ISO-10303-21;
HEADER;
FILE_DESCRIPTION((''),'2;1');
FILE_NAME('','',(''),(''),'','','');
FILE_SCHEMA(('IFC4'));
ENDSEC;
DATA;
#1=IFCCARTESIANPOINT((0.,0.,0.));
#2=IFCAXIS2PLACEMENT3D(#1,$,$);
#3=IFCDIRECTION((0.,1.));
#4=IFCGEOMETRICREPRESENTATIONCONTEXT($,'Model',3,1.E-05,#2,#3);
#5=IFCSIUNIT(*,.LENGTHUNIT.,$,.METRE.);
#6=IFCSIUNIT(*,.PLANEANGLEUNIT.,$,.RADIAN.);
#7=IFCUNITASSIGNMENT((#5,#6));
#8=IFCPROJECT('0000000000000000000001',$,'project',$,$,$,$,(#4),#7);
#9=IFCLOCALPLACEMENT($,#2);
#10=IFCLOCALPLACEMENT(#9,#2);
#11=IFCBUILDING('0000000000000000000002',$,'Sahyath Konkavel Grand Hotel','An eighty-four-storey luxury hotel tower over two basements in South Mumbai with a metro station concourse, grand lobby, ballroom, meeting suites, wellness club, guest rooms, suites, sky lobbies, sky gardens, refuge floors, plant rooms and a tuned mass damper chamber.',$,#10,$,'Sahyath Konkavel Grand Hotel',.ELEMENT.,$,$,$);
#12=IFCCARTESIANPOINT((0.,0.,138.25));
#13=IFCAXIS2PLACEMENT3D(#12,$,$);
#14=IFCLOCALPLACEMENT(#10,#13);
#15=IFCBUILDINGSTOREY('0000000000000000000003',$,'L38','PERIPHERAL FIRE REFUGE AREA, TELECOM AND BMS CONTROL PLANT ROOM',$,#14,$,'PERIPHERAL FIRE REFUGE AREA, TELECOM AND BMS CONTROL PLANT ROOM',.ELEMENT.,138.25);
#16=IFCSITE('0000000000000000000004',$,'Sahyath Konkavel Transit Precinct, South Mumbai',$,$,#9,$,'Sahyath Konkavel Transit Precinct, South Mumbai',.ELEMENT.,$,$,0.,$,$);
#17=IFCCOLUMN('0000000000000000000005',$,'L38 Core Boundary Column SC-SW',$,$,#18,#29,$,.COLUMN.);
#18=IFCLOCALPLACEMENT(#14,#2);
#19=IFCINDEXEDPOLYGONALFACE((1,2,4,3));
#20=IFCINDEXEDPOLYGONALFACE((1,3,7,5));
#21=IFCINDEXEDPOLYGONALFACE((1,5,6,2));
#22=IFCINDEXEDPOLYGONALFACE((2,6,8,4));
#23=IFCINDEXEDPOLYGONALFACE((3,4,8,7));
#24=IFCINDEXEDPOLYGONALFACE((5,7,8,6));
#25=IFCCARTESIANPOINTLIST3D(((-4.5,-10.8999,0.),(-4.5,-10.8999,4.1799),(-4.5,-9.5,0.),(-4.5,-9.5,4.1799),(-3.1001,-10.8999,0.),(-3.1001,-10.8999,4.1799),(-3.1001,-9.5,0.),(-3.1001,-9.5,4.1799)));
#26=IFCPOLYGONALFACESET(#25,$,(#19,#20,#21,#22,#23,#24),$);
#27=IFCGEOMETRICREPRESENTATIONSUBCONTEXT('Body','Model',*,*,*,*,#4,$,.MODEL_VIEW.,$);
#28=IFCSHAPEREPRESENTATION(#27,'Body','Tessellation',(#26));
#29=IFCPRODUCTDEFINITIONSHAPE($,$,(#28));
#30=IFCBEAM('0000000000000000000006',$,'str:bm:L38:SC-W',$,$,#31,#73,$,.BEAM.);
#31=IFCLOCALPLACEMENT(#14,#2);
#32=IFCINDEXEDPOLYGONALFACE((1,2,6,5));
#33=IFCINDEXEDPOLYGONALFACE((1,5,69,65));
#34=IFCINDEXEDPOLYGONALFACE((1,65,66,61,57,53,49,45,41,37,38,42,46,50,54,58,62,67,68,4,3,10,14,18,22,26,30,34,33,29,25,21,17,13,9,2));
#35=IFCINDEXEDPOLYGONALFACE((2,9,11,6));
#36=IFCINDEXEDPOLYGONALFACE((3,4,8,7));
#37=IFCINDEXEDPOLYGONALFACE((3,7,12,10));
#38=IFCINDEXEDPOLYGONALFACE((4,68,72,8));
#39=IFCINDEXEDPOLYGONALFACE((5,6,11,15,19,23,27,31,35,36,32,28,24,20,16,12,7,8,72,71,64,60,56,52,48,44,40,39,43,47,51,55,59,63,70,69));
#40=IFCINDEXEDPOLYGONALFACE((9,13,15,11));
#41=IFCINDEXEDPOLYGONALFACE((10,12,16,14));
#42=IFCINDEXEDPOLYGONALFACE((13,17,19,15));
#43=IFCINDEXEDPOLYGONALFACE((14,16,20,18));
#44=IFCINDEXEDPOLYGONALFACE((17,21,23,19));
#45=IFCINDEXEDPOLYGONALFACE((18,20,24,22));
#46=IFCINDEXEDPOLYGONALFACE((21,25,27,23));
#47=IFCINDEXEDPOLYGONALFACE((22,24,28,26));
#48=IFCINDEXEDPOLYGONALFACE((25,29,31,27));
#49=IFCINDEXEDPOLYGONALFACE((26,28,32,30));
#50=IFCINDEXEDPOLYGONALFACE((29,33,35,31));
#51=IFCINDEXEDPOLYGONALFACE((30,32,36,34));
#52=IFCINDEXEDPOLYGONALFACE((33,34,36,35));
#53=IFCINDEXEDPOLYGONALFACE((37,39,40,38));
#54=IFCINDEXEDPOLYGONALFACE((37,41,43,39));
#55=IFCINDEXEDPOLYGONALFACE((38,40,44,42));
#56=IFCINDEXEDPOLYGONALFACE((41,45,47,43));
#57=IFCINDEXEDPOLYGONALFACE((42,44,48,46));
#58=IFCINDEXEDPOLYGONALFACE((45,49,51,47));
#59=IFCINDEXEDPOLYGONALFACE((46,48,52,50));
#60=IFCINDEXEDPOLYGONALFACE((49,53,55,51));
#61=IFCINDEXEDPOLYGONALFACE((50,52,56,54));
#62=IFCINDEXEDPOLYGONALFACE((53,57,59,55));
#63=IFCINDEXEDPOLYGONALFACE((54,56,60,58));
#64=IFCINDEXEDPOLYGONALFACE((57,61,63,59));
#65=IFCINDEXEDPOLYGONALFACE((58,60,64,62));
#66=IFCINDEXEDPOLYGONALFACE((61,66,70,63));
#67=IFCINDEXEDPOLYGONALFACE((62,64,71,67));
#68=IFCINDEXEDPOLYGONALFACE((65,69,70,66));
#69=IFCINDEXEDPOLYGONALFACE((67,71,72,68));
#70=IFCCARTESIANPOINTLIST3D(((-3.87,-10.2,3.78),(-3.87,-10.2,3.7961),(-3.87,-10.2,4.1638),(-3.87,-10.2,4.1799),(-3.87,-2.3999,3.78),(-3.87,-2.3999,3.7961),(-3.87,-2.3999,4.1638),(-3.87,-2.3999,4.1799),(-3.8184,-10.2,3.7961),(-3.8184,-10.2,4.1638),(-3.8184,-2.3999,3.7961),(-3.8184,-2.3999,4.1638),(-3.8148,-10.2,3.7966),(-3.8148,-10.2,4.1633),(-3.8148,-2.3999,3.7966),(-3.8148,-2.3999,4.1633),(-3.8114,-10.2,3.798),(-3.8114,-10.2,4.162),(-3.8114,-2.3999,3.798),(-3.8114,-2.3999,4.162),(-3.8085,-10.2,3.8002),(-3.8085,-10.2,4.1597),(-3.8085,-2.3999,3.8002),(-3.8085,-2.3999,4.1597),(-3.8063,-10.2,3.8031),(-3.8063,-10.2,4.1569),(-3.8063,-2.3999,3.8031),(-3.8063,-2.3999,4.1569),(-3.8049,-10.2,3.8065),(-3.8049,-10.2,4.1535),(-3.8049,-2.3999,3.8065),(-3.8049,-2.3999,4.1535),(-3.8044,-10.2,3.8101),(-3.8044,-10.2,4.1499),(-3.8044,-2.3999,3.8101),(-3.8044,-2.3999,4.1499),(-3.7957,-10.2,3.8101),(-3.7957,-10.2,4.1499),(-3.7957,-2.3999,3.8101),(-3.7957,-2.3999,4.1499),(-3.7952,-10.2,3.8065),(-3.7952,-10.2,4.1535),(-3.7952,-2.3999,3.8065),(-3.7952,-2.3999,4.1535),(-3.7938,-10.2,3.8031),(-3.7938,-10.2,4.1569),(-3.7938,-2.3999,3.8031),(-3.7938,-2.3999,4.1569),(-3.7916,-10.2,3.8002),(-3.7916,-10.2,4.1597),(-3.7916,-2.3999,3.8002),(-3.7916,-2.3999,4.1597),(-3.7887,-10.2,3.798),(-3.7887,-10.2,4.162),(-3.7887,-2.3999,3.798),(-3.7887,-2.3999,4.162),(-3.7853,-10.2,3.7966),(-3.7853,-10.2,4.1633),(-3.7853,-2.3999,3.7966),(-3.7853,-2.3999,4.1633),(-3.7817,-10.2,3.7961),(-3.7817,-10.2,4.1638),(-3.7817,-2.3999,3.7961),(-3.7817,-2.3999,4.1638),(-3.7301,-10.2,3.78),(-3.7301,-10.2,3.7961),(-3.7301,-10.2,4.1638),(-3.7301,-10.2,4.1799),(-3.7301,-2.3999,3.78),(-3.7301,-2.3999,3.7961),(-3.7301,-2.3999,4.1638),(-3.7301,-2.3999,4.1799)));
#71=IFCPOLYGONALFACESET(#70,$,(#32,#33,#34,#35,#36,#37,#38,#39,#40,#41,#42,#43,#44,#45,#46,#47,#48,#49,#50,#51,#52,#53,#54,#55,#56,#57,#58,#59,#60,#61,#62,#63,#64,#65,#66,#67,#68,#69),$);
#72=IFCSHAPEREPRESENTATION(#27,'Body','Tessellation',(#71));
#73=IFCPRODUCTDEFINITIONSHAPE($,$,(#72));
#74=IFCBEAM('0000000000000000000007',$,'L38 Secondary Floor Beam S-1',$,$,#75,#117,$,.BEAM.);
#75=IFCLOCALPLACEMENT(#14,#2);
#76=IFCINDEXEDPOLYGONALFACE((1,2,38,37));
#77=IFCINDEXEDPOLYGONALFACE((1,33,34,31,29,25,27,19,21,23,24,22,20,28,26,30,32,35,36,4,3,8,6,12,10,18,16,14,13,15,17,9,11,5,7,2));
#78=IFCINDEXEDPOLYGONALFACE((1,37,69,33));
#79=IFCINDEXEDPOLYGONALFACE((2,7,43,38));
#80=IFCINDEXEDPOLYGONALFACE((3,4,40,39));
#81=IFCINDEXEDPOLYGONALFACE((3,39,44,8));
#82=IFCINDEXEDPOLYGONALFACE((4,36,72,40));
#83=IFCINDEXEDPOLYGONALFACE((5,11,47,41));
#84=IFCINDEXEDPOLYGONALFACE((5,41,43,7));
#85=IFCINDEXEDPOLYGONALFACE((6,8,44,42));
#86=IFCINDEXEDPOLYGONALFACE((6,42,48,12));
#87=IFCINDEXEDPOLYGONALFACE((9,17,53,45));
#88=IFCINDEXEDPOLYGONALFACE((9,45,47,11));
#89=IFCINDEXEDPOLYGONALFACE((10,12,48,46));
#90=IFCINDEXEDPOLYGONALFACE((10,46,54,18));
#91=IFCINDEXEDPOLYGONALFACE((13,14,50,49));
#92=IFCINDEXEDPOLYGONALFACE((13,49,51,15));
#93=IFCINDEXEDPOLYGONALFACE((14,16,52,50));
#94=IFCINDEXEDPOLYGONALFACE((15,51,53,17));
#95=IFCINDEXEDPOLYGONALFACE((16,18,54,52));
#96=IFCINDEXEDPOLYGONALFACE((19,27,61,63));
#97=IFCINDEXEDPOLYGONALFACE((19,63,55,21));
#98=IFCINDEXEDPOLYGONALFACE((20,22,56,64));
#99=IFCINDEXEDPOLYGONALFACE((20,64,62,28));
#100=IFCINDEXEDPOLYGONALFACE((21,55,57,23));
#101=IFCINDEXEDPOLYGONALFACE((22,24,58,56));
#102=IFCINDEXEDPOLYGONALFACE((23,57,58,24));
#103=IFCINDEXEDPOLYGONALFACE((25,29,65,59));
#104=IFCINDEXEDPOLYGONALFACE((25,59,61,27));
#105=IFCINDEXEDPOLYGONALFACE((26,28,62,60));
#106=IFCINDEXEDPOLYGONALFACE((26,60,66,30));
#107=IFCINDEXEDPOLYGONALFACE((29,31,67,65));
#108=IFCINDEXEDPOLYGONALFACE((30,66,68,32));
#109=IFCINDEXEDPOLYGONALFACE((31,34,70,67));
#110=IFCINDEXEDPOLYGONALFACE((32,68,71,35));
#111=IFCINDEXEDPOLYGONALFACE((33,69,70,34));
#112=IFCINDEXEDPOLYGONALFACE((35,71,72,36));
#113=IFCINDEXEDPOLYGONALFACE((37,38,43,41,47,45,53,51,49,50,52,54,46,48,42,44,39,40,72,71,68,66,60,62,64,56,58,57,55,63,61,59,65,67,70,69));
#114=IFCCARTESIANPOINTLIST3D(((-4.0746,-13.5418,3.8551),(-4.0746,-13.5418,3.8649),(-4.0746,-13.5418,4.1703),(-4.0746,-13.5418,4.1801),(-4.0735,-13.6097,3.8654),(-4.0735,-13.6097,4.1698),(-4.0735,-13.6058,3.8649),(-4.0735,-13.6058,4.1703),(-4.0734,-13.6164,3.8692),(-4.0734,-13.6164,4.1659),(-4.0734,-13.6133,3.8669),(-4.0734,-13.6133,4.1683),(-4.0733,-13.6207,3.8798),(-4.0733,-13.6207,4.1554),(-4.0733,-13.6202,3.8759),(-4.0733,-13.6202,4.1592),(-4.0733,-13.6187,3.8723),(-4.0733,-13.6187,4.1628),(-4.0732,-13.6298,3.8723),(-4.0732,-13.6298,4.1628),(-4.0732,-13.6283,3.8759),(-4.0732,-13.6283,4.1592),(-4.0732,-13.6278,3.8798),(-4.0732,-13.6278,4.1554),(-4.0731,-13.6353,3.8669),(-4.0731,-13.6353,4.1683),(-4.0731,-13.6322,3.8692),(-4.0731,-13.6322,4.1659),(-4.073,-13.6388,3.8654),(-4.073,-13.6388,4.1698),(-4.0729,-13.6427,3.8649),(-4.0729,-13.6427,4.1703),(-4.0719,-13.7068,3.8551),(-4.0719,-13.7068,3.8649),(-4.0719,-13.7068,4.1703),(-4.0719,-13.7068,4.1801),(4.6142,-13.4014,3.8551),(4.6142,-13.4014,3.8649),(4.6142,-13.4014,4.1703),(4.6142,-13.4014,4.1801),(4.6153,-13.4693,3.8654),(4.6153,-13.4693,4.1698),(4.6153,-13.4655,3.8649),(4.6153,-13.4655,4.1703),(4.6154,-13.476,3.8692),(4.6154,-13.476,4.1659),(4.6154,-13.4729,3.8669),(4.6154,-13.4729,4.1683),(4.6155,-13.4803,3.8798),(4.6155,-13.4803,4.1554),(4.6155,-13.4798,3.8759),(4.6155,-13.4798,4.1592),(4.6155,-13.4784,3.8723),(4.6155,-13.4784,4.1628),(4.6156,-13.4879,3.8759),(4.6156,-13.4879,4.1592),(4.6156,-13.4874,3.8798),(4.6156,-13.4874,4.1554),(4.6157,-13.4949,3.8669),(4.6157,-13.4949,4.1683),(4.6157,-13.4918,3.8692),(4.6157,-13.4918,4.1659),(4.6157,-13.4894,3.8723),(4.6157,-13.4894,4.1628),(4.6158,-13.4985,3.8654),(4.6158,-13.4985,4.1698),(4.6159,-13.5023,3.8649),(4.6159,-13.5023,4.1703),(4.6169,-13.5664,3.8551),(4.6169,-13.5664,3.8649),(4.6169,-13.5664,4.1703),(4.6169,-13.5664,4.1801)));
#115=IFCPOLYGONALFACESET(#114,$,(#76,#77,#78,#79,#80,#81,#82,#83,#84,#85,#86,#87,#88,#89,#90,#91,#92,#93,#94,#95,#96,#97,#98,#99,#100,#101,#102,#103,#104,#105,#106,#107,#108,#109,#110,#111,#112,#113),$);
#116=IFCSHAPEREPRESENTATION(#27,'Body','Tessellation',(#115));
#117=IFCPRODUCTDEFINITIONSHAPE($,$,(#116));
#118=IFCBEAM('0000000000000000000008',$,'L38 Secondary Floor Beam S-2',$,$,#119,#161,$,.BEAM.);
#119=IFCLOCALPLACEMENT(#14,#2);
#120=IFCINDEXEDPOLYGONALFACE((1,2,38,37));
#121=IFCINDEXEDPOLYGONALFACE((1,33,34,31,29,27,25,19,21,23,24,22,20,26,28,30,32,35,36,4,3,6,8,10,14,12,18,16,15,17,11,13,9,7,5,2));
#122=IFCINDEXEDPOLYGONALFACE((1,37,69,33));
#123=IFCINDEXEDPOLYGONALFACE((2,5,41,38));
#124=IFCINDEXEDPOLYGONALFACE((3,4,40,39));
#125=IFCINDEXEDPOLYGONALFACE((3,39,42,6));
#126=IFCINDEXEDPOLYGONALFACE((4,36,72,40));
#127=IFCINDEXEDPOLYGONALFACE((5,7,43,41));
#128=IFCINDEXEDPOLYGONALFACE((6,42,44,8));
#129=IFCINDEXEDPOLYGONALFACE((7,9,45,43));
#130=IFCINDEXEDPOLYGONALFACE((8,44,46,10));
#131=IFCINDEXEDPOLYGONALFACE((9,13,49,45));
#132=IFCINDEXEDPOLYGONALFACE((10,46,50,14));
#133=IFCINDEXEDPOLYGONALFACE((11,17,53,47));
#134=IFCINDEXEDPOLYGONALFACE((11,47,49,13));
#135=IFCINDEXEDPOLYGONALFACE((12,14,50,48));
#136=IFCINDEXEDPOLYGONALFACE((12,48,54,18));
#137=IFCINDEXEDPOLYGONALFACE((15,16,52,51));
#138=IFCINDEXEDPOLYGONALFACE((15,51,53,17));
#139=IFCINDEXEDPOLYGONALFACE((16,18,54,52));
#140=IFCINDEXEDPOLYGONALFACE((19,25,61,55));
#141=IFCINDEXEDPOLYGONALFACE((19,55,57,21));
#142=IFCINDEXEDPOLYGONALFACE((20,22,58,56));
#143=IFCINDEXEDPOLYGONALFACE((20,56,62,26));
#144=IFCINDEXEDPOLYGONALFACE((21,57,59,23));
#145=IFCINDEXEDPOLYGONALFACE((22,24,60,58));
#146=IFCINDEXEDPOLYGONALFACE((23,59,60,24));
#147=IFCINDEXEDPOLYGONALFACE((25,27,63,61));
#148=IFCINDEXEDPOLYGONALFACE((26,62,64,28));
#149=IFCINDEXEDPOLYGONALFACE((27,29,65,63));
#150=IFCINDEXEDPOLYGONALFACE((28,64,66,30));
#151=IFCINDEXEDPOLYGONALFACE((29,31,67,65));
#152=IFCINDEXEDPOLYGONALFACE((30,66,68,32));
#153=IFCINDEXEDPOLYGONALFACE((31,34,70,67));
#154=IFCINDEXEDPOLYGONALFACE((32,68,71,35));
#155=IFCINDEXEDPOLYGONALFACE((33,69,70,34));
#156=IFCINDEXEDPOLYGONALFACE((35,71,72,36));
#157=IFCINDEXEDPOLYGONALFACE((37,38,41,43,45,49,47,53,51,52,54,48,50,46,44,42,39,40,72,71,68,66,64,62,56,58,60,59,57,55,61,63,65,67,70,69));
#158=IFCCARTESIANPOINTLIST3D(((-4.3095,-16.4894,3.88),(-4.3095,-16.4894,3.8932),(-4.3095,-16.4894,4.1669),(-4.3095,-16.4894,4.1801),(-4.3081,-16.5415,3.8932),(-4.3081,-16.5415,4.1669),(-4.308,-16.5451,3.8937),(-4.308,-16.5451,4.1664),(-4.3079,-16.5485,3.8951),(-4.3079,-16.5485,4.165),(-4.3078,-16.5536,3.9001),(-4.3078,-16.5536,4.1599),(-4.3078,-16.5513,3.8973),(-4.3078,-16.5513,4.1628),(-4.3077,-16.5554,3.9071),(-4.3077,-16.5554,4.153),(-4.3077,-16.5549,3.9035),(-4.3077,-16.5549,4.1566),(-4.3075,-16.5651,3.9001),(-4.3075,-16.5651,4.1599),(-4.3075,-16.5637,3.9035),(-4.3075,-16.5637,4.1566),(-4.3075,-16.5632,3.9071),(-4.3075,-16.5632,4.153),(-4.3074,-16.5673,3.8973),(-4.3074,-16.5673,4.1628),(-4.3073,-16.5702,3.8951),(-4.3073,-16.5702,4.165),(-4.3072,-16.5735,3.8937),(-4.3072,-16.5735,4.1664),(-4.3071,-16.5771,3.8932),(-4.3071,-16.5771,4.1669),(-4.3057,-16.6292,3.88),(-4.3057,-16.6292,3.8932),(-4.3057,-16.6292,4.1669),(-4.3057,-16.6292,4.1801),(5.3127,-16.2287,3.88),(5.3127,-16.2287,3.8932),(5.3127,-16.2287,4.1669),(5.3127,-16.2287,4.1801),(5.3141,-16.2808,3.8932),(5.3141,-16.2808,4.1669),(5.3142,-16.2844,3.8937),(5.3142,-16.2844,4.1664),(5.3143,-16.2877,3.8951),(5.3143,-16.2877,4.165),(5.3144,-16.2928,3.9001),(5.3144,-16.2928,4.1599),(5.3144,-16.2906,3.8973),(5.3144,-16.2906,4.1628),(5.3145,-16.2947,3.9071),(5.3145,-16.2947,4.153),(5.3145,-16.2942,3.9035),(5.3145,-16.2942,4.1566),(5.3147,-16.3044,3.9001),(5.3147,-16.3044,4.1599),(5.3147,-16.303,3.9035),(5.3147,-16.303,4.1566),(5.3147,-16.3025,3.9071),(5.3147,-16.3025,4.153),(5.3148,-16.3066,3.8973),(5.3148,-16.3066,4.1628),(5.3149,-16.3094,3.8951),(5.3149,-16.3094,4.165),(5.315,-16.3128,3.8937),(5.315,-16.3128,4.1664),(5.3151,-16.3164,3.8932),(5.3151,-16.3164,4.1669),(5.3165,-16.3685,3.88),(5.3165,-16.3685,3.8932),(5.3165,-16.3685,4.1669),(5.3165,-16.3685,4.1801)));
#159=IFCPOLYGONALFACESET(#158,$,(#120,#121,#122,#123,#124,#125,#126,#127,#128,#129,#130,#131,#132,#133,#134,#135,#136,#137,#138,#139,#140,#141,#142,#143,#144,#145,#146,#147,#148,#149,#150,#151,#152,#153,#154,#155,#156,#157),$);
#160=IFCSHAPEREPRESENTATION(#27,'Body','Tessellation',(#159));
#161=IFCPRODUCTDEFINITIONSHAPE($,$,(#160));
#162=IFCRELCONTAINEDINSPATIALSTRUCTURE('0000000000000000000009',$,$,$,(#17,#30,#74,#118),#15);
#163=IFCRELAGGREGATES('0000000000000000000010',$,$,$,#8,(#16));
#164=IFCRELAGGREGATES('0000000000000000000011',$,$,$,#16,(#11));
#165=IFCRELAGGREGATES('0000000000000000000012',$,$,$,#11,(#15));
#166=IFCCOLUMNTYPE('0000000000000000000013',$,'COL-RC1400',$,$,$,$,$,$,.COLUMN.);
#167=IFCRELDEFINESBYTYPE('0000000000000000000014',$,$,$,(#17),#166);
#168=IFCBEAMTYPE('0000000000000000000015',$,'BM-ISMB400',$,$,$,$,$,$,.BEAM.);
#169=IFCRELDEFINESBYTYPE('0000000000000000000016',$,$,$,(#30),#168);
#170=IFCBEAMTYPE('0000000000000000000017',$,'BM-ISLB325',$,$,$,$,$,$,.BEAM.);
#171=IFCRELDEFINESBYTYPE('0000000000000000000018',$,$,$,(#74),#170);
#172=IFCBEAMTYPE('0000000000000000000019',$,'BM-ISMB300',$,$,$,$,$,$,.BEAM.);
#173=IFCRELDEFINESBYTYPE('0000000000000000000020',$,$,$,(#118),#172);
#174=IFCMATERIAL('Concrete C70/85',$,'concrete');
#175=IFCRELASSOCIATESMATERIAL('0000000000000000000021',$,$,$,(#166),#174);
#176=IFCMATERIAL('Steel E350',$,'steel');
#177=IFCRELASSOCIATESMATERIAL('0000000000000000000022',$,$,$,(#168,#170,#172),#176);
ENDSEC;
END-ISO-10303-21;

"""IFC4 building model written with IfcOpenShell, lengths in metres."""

from ifc_helpers import new_model, si_unit, direction, frame, origin, origin_2d, place, context, subcontext, project, spatial, rectangle, i_section, extrude, source, transform, mapped, material, material_profile, profile_set, type_object, element, save


model = new_model("IFC4")

# Units and contexts
model_context = context("Model", 3, precision=1e-05, world=origin(), true_north=direction((0.0, 1.0)))
body_context = subcontext(model_context, "Body", "Model", "MODEL_VIEW")
ifc_project = project(units=[si_unit("LENGTHUNIT", "METRE"), si_unit("PLANEANGLEUNIT", "RADIAN")], contexts=[model_context])

# Site, building, storey
site_placement = place(None, origin())
site = spatial("IfcSite", under=ifc_project, at=site_placement, Name="Sahyath Konkavel Transit Precinct, South Mumbai", LongName="Sahyath Konkavel Transit Precinct, South Mumbai", CompositionType="ELEMENT", RefElevation=0.0)
building_placement = place(site_placement, origin())
building = spatial("IfcBuilding", under=site, at=building_placement, Name="Sahyath Konkavel Grand Hotel", Description="An eighty-four-storey luxury hotel tower over two basements in South Mumbai with a metro station concourse, grand lobby, ballroom, meeting suites, wellness club, guest rooms, suites, sky lobbies, sky gardens, refuge floors, plant rooms and a tuned mass damper chamber.", LongName="Sahyath Konkavel Grand Hotel", CompositionType="ELEMENT")
storey_placement = place(building_placement, frame((0.0, 0.0, 138.25)))
storey = spatial("IfcBuildingStorey", under=building, at=storey_placement, Name="L38", Description="PERIPHERAL FIRE REFUGE AREA, TELECOM AND BMS CONTROL PLANT ROOM", LongName="PERIPHERAL FIRE REFUGE AREA, TELECOM AND BMS CONTROL PLANT ROOM", CompositionType="ELEMENT", Elevation=138.25)

# Column
ifc_material_1 = material(Name="Concrete C70/85", Category="concrete")
ifc_material_profile_1 = material_profile(ifc_material_1, rectangle(XDim=1.3999, YDim=1.3999, at=origin_2d()), Name="RC 1400x1400")
ifc_profile_set_1 = profile_set([ifc_material_profile_1], Name="Concrete C70/85")
column_type = type_object("IfcColumnType", Name="COL-RC1400", PredefinedType="COLUMN", material=ifc_profile_set_1)
shared_shape_1 = source(origin(), body_context, "Body", "SweptSolid", [
    extrude(rectangle(XDim=1.3999, YDim=1.3999, at=origin_2d()), origin(), (0.0, 0.0, 1.0), 4.1799),
])
column_placement = place(storey_placement, frame((-3.8, -10.2, 0.0), z_axis=(0.0, 0.0, 1.0), x_axis=(1.0, 0.0, 0.0)))
element("IfcColumn", 1, at=column_placement, inside=storey, type_object=column_type, Name="L38 Core Boundary Column SC-SW", PredefinedType="COLUMN", context=body_context, shape_type="MappedRepresentation", body=[
    mapped(shared_shape_1, transform((0.0, 0.0, 0.0), scale=1.0)),
])

# Beams
ifc_material_2 = material(Name="Steel E350", Category="steel")
ifc_material_profile_2 = material_profile(ifc_material_2, i_section(OverallWidth=0.1399, OverallDepth=0.3999, WebThickness=0.0088, FlangeThickness=0.0161, FilletRadius=0.0139, at=origin_2d()), Name="ISMB 400")
ifc_profile_set_2 = profile_set([ifc_material_profile_2], Name="Steel E350")
beam_type_1 = type_object("IfcBeamType", Name="BM-ISMB400", PredefinedType="BEAM", material=ifc_profile_set_2)
shared_shape_2 = source(origin(), body_context, "Body", "SweptSolid", [
    extrude(i_section(OverallWidth=0.1399, OverallDepth=0.3999, WebThickness=0.0088, FlangeThickness=0.0161, FilletRadius=0.0139, at=origin_2d()), origin(), (0.0, 0.0, 1.0), 7.8),
])
beam_1_placement = place(storey_placement, frame((-3.8, -10.2, 3.98), z_axis=(0.0, 1.0, 0.0), x_axis=(-1.0, 0.0, 0.0)))
element("IfcBeam", 2, at=beam_1_placement, inside=storey, type_object=beam_type_1, Name="str:bm:L38:SC-W", PredefinedType="BEAM", context=body_context, shape_type="MappedRepresentation", body=[
    mapped(shared_shape_2, transform((0.0, 0.0, 0.0), scale=1.0)),
])
ifc_material_profile_3 = material_profile(ifc_material_2, i_section(OverallWidth=0.165, OverallDepth=0.325, WebThickness=0.0071, FlangeThickness=0.0098, FilletRadius=0.0149, at=origin_2d()), Name="ISLB 325")
ifc_profile_set_3 = profile_set([ifc_material_profile_3], Name="Steel E350")
beam_type_2 = type_object("IfcBeamType", Name="BM-ISLB325", PredefinedType="BEAM", material=ifc_profile_set_3)
shared_shape_3 = source(origin(), body_context, "Body", "SweptSolid", [
    extrude(i_section(OverallWidth=0.165, OverallDepth=0.325, WebThickness=0.0071, FlangeThickness=0.0098, FilletRadius=0.0149, at=origin_2d()), origin(), (0.0, 0.0, 1.0), 8.6899),
])
beam_2_placement = place(storey_placement, frame((-4.0732, -13.6243, 4.0176), z_axis=(0.99987, 0.016155, 0.0), x_axis=(-0.016155, 0.99987, 0.0)))
element("IfcBeam", 3, at=beam_2_placement, inside=storey, type_object=beam_type_2, Name="L38 Secondary Floor Beam S-1", PredefinedType="BEAM", context=body_context, shape_type="MappedRepresentation", body=[
    mapped(shared_shape_3, transform((0.0, 0.0, 0.0), scale=1.0)),
])
ifc_material_profile_4 = material_profile(ifc_material_2, i_section(OverallWidth=0.1399, OverallDepth=0.3, WebThickness=0.0078, FlangeThickness=0.0132, FilletRadius=0.0139, at=origin_2d()), Name="ISMB 300")
ifc_profile_set_4 = profile_set([ifc_material_profile_4], Name="Steel E350")
beam_type_3 = type_object("IfcBeamType", Name="BM-ISMB300", PredefinedType="BEAM", material=ifc_profile_set_4)
shared_shape_4 = source(origin(), body_context, "Body", "SweptSolid", [
    extrude(i_section(OverallWidth=0.1399, OverallDepth=0.3, WebThickness=0.0078, FlangeThickness=0.0132, FilletRadius=0.0139, at=origin_2d()), origin(), (0.0, 0.0, 1.0), 9.6257),
])
beam_3_placement = place(storey_placement, frame((-4.3076, -16.5593, 4.03), z_axis=(0.999633, 0.027088, 0.0), x_axis=(-0.027088, 0.999633, 0.0)))
element("IfcBeam", 4, at=beam_3_placement, inside=storey, type_object=beam_type_3, Name="L38 Secondary Floor Beam S-2", PredefinedType="BEAM", context=body_context, shape_type="MappedRepresentation", body=[
    mapped(shared_shape_4, transform((0.0, 0.0, 0.0), scale=1.0)),
])

save(model, "model.ifc")
